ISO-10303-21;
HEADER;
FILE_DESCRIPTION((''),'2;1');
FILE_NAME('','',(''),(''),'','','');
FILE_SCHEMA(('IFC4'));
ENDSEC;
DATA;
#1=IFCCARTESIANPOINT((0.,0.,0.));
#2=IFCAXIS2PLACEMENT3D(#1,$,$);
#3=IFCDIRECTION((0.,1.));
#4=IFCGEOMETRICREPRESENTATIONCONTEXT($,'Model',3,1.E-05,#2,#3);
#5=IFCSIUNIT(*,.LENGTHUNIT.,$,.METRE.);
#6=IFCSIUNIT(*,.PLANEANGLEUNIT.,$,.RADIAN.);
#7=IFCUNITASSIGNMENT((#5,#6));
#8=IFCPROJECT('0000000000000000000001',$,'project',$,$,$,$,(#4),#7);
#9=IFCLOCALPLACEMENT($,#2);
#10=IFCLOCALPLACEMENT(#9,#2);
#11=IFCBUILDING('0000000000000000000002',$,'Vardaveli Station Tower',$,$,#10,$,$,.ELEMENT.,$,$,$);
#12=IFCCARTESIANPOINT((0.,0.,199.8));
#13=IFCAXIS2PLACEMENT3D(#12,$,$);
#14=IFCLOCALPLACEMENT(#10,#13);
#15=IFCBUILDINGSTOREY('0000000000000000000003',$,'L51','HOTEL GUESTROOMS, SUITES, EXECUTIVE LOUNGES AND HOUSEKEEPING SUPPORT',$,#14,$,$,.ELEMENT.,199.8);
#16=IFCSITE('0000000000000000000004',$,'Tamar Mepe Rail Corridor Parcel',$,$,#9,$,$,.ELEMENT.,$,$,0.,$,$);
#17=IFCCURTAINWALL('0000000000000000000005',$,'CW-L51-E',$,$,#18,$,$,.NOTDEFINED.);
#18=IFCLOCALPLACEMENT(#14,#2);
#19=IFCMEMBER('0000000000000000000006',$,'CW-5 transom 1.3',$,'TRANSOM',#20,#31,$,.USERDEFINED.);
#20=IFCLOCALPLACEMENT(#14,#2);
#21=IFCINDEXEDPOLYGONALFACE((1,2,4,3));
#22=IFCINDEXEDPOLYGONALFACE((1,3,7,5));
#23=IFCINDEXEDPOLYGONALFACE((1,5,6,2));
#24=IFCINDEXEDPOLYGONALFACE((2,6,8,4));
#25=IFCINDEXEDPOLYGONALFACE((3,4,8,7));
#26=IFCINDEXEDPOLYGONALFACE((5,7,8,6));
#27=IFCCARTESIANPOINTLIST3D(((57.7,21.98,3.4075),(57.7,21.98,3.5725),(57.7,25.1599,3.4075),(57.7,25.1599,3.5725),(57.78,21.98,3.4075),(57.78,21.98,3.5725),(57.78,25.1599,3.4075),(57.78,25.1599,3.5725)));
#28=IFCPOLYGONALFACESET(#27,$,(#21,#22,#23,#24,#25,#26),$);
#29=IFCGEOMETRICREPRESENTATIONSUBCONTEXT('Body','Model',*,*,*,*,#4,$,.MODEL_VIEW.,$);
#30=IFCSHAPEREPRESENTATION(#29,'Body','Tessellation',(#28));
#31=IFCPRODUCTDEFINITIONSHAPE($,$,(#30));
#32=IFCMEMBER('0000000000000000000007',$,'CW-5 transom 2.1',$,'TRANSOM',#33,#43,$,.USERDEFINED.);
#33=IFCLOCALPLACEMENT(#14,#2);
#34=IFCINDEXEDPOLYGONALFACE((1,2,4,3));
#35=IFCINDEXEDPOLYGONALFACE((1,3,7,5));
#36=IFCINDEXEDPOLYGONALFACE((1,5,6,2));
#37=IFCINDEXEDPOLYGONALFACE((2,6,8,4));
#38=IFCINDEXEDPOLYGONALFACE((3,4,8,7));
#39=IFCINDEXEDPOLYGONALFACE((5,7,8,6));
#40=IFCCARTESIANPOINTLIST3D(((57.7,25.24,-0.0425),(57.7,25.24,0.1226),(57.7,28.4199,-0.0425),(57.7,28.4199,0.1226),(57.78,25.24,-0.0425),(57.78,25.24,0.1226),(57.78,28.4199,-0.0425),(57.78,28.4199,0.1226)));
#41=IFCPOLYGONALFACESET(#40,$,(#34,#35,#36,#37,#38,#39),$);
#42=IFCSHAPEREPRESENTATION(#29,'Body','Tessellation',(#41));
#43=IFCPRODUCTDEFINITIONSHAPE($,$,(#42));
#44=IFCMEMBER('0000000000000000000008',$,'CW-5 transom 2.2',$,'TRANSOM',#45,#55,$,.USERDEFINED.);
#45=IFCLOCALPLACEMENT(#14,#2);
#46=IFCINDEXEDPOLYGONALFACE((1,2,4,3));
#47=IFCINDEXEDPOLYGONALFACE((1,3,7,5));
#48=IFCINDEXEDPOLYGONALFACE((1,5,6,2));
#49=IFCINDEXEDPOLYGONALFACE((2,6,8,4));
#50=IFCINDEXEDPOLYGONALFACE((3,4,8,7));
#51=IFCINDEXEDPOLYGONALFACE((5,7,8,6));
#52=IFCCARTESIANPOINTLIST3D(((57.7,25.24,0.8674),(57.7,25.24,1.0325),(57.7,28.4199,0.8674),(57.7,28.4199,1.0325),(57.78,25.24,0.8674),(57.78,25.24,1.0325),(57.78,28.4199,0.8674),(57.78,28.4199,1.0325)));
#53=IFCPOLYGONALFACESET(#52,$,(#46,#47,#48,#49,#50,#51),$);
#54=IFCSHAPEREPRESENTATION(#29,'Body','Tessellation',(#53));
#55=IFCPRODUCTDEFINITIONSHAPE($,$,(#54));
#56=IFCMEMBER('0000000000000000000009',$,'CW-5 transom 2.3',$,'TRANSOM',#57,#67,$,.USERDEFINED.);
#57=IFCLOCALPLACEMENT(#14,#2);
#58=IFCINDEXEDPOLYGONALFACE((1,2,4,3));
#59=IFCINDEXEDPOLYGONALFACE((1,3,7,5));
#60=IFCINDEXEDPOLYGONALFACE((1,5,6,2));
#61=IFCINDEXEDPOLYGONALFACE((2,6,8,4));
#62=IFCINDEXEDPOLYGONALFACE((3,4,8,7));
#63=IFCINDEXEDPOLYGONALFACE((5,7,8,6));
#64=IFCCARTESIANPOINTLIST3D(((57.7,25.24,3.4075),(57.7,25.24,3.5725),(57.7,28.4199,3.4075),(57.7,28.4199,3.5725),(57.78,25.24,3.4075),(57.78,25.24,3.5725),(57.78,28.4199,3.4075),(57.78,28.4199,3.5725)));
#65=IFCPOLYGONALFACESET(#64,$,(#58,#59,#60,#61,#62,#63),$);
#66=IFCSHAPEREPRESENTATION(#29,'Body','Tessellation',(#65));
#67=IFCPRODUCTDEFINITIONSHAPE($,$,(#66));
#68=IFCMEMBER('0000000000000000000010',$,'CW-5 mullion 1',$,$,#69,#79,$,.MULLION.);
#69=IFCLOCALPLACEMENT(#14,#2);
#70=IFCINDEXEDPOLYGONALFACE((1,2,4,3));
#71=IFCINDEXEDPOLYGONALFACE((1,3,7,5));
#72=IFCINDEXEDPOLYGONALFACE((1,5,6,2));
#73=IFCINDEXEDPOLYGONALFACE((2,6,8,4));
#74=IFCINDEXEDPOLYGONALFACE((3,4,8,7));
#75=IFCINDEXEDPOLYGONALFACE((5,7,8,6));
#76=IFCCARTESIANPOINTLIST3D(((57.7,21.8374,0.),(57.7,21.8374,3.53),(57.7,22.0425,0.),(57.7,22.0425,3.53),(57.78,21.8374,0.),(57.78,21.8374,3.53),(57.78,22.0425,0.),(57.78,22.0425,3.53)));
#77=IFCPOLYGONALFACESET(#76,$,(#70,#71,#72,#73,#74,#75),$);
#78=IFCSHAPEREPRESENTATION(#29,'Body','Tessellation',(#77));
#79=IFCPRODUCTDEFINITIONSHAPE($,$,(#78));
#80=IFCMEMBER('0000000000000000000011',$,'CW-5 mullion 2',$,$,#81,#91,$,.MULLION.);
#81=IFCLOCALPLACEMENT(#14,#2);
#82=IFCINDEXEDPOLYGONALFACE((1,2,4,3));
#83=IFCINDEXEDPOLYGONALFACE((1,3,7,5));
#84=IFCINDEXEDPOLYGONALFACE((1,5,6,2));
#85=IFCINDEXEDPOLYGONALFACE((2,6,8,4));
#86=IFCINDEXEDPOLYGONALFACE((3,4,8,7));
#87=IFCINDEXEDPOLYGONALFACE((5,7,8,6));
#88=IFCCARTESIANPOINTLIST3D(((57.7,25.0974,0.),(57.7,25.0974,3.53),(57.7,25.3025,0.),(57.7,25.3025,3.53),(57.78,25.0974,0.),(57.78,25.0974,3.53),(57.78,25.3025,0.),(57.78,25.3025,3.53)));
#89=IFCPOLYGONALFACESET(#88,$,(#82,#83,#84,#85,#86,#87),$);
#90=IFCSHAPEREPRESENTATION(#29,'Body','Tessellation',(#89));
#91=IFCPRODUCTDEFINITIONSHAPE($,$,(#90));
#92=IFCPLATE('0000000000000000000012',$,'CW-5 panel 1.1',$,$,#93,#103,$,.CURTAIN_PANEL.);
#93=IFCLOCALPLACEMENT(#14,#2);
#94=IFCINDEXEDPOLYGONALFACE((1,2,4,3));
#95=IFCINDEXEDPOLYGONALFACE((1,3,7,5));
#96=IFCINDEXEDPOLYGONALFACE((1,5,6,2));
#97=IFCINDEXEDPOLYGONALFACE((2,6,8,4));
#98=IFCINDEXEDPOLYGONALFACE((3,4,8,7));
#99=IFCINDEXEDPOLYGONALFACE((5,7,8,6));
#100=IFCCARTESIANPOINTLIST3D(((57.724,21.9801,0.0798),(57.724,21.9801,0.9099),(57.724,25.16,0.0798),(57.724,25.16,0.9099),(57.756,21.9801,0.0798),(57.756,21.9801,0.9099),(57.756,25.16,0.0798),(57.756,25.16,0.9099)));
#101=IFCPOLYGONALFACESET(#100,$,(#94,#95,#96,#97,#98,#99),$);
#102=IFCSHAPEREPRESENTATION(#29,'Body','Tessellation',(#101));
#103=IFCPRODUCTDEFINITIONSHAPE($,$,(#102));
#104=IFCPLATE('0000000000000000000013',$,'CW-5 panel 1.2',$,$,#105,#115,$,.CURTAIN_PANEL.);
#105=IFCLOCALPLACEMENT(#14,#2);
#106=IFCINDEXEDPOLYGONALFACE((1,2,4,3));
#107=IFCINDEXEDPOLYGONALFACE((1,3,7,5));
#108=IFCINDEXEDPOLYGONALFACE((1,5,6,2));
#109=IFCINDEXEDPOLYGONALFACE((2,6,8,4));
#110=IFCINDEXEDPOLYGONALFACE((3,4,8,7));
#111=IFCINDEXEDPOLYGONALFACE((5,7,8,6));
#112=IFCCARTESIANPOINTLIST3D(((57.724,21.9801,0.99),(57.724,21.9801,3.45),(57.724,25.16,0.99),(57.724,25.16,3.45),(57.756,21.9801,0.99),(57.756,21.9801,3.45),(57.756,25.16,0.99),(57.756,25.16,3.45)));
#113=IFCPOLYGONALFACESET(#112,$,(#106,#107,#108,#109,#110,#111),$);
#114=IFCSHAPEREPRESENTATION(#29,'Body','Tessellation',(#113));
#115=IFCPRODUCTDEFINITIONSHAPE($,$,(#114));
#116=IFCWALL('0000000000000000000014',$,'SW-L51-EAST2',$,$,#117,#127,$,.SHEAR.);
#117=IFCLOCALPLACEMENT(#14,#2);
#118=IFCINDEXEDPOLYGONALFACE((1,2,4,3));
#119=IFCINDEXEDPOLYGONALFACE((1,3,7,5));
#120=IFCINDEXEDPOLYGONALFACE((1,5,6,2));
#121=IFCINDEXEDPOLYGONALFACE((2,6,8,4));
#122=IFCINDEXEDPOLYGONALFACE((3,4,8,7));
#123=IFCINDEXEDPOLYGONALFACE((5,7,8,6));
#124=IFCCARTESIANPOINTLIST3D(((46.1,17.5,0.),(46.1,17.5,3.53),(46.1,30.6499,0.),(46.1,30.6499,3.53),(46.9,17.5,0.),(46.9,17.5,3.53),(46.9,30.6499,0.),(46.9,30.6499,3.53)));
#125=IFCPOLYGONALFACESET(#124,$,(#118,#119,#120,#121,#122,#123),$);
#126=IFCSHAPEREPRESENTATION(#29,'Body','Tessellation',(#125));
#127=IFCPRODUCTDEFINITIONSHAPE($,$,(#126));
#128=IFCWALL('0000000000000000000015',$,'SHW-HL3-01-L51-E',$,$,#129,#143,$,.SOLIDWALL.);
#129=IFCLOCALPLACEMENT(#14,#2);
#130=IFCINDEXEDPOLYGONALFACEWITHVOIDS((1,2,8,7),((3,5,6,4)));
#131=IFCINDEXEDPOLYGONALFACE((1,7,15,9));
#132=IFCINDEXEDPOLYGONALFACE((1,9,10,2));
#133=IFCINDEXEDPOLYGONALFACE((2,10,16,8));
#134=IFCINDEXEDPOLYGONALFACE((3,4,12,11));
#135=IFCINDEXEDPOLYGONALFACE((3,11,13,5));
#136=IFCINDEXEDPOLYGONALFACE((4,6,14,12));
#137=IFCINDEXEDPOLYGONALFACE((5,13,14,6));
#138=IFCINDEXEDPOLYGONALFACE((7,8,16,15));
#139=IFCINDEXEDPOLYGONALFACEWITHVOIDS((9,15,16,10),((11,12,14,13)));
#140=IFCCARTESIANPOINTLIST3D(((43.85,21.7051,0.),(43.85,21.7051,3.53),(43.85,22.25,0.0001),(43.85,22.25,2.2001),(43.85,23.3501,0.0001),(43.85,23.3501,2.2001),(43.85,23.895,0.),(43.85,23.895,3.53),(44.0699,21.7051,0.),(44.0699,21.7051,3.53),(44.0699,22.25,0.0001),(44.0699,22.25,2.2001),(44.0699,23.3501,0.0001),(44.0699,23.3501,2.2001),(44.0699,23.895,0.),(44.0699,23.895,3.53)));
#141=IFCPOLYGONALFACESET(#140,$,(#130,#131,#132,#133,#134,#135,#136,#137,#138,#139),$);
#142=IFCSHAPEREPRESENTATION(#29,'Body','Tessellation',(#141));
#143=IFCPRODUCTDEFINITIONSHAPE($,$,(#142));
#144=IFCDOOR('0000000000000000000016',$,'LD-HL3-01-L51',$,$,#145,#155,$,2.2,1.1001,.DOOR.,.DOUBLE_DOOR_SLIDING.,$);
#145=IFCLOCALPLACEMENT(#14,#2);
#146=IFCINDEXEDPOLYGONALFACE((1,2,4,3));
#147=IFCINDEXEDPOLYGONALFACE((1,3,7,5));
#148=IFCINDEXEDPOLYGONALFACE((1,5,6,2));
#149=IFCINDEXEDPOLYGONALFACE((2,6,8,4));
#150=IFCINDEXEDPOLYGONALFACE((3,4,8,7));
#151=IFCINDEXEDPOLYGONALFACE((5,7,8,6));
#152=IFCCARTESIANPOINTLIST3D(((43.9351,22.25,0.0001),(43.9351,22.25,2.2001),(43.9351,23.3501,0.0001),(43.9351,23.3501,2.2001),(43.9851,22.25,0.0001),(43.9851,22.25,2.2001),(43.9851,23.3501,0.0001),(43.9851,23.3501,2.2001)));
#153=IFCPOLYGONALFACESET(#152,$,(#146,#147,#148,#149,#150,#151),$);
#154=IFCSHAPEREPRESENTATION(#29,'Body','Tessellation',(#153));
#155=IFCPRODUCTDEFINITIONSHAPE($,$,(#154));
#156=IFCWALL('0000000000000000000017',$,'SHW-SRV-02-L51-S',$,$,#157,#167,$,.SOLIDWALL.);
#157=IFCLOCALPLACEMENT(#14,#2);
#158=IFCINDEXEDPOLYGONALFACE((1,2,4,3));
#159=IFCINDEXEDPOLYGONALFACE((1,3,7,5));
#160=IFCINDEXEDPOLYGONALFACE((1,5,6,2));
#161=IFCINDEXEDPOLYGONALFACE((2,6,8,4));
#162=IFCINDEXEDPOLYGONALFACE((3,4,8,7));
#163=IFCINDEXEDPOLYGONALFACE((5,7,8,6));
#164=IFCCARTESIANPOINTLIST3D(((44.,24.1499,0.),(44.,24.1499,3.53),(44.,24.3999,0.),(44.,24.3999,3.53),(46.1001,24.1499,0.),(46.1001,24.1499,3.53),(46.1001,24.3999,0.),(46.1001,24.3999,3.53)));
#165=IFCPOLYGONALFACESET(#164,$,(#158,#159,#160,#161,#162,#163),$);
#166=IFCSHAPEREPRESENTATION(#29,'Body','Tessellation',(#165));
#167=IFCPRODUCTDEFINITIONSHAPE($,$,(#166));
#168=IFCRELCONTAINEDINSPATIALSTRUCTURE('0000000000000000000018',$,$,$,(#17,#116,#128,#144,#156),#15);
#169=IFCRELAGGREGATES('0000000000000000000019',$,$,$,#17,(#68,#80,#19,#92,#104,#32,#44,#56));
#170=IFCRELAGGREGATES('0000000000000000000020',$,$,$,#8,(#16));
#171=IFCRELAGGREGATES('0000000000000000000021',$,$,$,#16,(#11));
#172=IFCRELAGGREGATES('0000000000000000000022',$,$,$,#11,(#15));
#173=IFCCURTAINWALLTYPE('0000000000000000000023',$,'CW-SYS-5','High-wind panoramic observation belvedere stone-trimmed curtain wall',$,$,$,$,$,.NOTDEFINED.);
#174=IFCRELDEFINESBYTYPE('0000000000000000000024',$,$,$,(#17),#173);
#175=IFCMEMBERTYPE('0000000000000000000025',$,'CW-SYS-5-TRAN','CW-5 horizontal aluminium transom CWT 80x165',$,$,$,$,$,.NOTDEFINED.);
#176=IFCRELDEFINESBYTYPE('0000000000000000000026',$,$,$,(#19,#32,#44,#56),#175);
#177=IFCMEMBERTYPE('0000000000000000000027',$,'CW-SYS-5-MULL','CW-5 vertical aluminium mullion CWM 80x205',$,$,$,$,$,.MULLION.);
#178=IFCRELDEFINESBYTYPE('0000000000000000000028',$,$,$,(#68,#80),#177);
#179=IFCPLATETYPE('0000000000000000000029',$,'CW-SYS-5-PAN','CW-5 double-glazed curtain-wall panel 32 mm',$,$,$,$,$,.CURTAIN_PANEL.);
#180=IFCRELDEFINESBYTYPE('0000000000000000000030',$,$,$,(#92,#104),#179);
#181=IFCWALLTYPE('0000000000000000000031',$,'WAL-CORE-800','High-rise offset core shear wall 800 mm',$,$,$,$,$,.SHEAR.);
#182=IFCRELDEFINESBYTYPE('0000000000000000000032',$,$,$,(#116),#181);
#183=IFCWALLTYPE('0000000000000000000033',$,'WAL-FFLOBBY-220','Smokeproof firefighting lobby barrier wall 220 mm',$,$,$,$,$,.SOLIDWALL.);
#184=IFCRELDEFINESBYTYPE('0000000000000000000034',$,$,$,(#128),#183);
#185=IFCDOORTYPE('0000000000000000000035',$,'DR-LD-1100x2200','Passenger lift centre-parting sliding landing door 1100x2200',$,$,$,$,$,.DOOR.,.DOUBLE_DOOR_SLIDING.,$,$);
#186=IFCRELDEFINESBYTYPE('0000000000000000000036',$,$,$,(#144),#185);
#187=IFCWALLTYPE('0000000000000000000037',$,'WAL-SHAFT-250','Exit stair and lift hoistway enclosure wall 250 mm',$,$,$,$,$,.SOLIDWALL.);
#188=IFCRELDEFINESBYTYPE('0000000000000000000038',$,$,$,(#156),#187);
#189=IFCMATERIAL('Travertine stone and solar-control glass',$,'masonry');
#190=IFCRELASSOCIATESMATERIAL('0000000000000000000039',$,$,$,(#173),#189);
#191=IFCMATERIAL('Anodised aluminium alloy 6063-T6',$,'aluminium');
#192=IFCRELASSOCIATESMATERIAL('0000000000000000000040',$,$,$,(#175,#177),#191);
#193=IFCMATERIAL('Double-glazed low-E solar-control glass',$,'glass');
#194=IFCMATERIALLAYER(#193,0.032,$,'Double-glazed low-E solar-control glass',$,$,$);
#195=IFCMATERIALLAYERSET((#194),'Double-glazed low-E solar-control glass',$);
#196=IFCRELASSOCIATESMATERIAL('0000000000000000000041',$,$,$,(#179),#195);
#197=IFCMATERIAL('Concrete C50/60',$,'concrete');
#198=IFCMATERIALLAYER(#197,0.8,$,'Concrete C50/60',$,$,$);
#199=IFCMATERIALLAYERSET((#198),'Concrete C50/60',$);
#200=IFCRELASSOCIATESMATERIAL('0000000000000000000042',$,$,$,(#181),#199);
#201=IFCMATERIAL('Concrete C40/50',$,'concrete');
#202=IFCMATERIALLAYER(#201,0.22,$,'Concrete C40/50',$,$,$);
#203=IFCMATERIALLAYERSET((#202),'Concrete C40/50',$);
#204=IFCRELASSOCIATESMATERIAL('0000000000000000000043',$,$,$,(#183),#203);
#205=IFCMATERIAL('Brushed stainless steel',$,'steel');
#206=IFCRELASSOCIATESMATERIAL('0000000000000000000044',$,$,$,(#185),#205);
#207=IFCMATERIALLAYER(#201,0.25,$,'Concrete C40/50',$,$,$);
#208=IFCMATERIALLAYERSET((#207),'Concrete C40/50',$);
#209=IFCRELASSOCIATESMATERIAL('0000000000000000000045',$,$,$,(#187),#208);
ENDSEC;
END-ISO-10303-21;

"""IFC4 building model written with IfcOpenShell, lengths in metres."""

from ifc_helpers import new_model, si_unit, direction, frame, frame_2d, origin, origin_2d, place, context, subcontext, project, spatial, rectangle, extrude, source, transform, mapped, material, layer, layer_set, material_profile, profile_set, type_object, element, fill, aggregate, save


model = new_model("IFC4")

# Units and contexts
model_context = context("Model", 3, precision=1e-05, world=origin(), true_north=direction((0.0, 1.0)))
body_context = subcontext(model_context, "Body", "Model", "MODEL_VIEW")
ifc_project = project(units=[si_unit("LENGTHUNIT", "METRE"), si_unit("PLANEANGLEUNIT", "RADIAN")], contexts=[model_context])

# Site, building, storey
site_placement = place(None, origin())
site = spatial("IfcSite", under=ifc_project, at=site_placement, Name="Tamar Mepe Rail Corridor Parcel", CompositionType="ELEMENT", RefElevation=0.0)
building_placement = place(site_placement, origin())
building = spatial("IfcBuilding", under=site, at=building_placement, Name="Vardaveli Station Tower", CompositionType="ELEMENT")
storey_placement = place(building_placement, frame((0.0, 0.0, 199.8)))
storey = spatial("IfcBuildingStorey", under=building, at=storey_placement, Name="L51", Description="HOTEL GUESTROOMS, SUITES, EXECUTIVE LOUNGES AND HOUSEKEEPING SUPPORT", CompositionType="ELEMENT", Elevation=199.8)

# Curtain wall, members, plates
ifc_material_1 = material(Name="Travertine stone and solar-control glass", Category="masonry")
curtain_wall_type = type_object("IfcCurtainWallType", Name="CW-SYS-5", Description="High-wind panoramic observation belvedere stone-trimmed curtain wall", PredefinedType="NOTDEFINED", material=ifc_material_1)
curtain_wall_placement = place(storey_placement, origin())
curtain_wall = element("IfcCurtainWall", 1, at=curtain_wall_placement, inside=storey, type_object=curtain_wall_type, Name="CW-L51-E", PredefinedType="NOTDEFINED")
ifc_material_2 = material(Name="Anodised aluminium alloy 6063-T6", Category="aluminium")
ifc_material_profile_1 = material_profile(ifc_material_2, rectangle(XDim=0.0801, YDim=0.165, at=origin_2d()), Name="CWT 80x165")
ifc_profile_set_1 = profile_set([ifc_material_profile_1], Name="Anodised aluminium alloy 6063-T6")
member_type_1 = type_object("IfcMemberType", Name="CW-SYS-5-TRAN", Description="CW-5 horizontal aluminium transom CWT 80x165", PredefinedType="NOTDEFINED", material=ifc_profile_set_1)
shared_shape_1 = source(origin(), body_context, "Body", "SweptSolid", [
    extrude(rectangle(XDim=0.0801, YDim=0.165, at=origin_2d()), origin(), (0.0, 0.0, 1.0), 3.1799),
])
member_1_placement = place(storey_placement, frame((57.74, 21.98, 3.49), z_axis=(0.0, 1.0, 0.0), x_axis=(-1.0, 0.0, 0.0)))
member_1 = element("IfcMember", 2, at=member_1_placement, type_object=member_type_1, Name="CW-5 transom 1.3", ObjectType="TRANSOM", PredefinedType="USERDEFINED", context=body_context, shape_type="MappedRepresentation", body=[
    mapped(shared_shape_1, transform((0.0, 0.0, 0.0), scale=1.0)),
])
member_2_placement = place(storey_placement, frame((57.74, 25.24, 0.04), z_axis=(0.0, 1.0, 0.0), x_axis=(-1.0, 0.0, 0.0)))
member_2 = element("IfcMember", 3, at=member_2_placement, type_object=member_type_1, Name="CW-5 transom 2.1", ObjectType="TRANSOM", PredefinedType="USERDEFINED", context=body_context, shape_type="MappedRepresentation", body=[
    mapped(shared_shape_1, transform((0.0, 0.0, 0.0), scale=1.0)),
])
member_3_placement = place(storey_placement, frame((57.74, 25.24, 0.95), z_axis=(0.0, 1.0, 0.0), x_axis=(-1.0, 0.0, 0.0)))
member_3 = element("IfcMember", 4, at=member_3_placement, type_object=member_type_1, Name="CW-5 transom 2.2", ObjectType="TRANSOM", PredefinedType="USERDEFINED", context=body_context, shape_type="MappedRepresentation", body=[
    mapped(shared_shape_1, transform((0.0, 0.0, 0.0), scale=1.0)),
])
member_4_placement = place(storey_placement, frame((57.74, 25.24, 3.49), z_axis=(0.0, 1.0, 0.0), x_axis=(-1.0, 0.0, 0.0)))
member_4 = element("IfcMember", 5, at=member_4_placement, type_object=member_type_1, Name="CW-5 transom 2.3", ObjectType="TRANSOM", PredefinedType="USERDEFINED", context=body_context, shape_type="MappedRepresentation", body=[
    mapped(shared_shape_1, transform((0.0, 0.0, 0.0), scale=1.0)),
])
ifc_material_profile_2 = material_profile(ifc_material_2, rectangle(XDim=0.0801, YDim=0.2051, at=origin_2d()), Name="CWM 80x205")
ifc_profile_set_2 = profile_set([ifc_material_profile_2], Name="Anodised aluminium alloy 6063-T6")
member_type_2 = type_object("IfcMemberType", Name="CW-SYS-5-MULL", Description="CW-5 vertical aluminium mullion CWM 80x205", PredefinedType="MULLION", material=ifc_profile_set_2)
shared_shape_2 = source(origin(), body_context, "Body", "SweptSolid", [
    extrude(rectangle(XDim=0.0801, YDim=0.2051, at=origin_2d()), origin(), (0.0, 0.0, 1.0), 3.53),
])
member_5_placement = place(storey_placement, frame((57.74, 21.9399, 0.0), z_axis=(0.0, 0.0, 1.0), x_axis=(-1.0, 0.0, 0.0)))
member_5 = element("IfcMember", 6, at=member_5_placement, type_object=member_type_2, Name="CW-5 mullion 1", PredefinedType="MULLION", context=body_context, shape_type="MappedRepresentation", body=[
    mapped(shared_shape_2, transform((0.0, 0.0, 0.0), scale=1.0)),
])
member_6_placement = place(storey_placement, frame((57.74, 25.2, 0.0), z_axis=(0.0, 0.0, 1.0), x_axis=(-1.0, 0.0, 0.0)))
member_6 = element("IfcMember", 7, at=member_6_placement, type_object=member_type_2, Name="CW-5 mullion 2", PredefinedType="MULLION", context=body_context, shape_type="MappedRepresentation", body=[
    mapped(shared_shape_2, transform((0.0, 0.0, 0.0), scale=1.0)),
])
ifc_material_3 = material(Name="Double-glazed low-E solar-control glass", Category="glass")
ifc_layer_1 = layer(ifc_material_3, 0.032, Name="Double-glazed low-E solar-control glass")
ifc_layer_set_1 = layer_set([ifc_layer_1], Name="Double-glazed low-E solar-control glass")
plate_type = type_object("IfcPlateType", Name="CW-SYS-5-PAN", Description="CW-5 double-glazed curtain-wall panel 32 mm", PredefinedType="CURTAIN_PANEL", material=ifc_layer_set_1)
shared_shape_3 = source(origin(), body_context, "Body", "SweptSolid", [
    extrude(rectangle(XDim=3.1799, YDim=0.032, at=origin_2d()), origin(), (0.0, 0.0, 1.0), 0.8301),
])
plate_1_placement = place(storey_placement, frame((57.74, 23.5701, 0.0798), z_axis=(0.0, 0.0, 1.0), x_axis=(0.0, 1.0, 0.0)))
plate_1 = element("IfcPlate", 8, at=plate_1_placement, type_object=plate_type, Name="CW-5 panel 1.1", PredefinedType="CURTAIN_PANEL", context=body_context, shape_type="MappedRepresentation", body=[
    mapped(shared_shape_3, transform((0.0, 0.0, 0.0), scale=1.0)),
])
shared_shape_4 = source(origin(), body_context, "Body", "SweptSolid", [
    extrude(rectangle(XDim=3.1799, YDim=0.032, at=origin_2d()), origin(), (0.0, 0.0, 1.0), 2.46),
])
plate_2_placement = place(storey_placement, frame((57.74, 23.5701, 0.99), z_axis=(0.0, 0.0, 1.0), x_axis=(0.0, 1.0, 0.0)))
plate_2 = element("IfcPlate", 9, at=plate_2_placement, type_object=plate_type, Name="CW-5 panel 1.2", PredefinedType="CURTAIN_PANEL", context=body_context, shape_type="MappedRepresentation", body=[
    mapped(shared_shape_4, transform((0.0, 0.0, 0.0), scale=1.0)),
])
aggregate(curtain_wall, [member_5, member_6, member_1, plate_1, plate_2, member_2, member_3, member_4])

# Wall
ifc_material_4 = material(Name="Concrete C50/60", Category="concrete")
ifc_layer_2 = layer(ifc_material_4, 0.8, Name="Concrete C50/60")
ifc_layer_set_2 = layer_set([ifc_layer_2], Name="Concrete C50/60")
wall_type_1 = type_object("IfcWallType", Name="WAL-CORE-800", Description="High-rise offset core shear wall 800 mm", PredefinedType="SHEAR", material=ifc_layer_set_2)
shared_shape_5 = source(origin(), body_context, "Body", "SweptSolid", [
    extrude(rectangle(XDim=13.1499, YDim=0.8, at=frame_2d((6.575, 0.0))), origin(), (0.0, 0.0, 1.0), 3.53),
])
wall_1_placement = place(storey_placement, frame((46.5, 17.5, 0.0), z_axis=(0.0, 0.0, 1.0), x_axis=(0.0, 1.0, 0.0)))
element("IfcWall", 10, at=wall_1_placement, inside=storey, type_object=wall_type_1, Name="SW-L51-EAST2", PredefinedType="SHEAR", context=body_context, shape_type="MappedRepresentation", body=[
    mapped(shared_shape_5, transform((0.0, 0.0, 0.0), scale=1.0)),
])

# Wall, opening, door
ifc_material_5 = material(Name="Concrete C40/50", Category="concrete")
ifc_layer_3 = layer(ifc_material_5, 0.22, Name="Concrete C40/50")
ifc_layer_set_3 = layer_set([ifc_layer_3], Name="Concrete C40/50")
wall_type_2 = type_object("IfcWallType", Name="WAL-FFLOBBY-220", Description="Smokeproof firefighting lobby barrier wall 220 mm", PredefinedType="SOLIDWALL", material=ifc_layer_set_3)
shared_shape_6 = source(origin(), body_context, "Body", "SweptSolid", [
    extrude(rectangle(XDim=2.1899, YDim=0.22, at=frame_2d((1.095, 0.0))), origin(), (0.0, 0.0, 1.0), 3.53),
])
wall_2_placement = place(storey_placement, frame((43.96, 21.7051, 0.0), z_axis=(0.0, 0.0, 1.0), x_axis=(0.0, 1.0, 0.0)))
wall_2 = element("IfcWall", 11, at=wall_2_placement, inside=storey, type_object=wall_type_2, Name="SHW-HL3-01-L51-E", PredefinedType="SOLIDWALL", context=body_context, shape_type="MappedRepresentation", body=[
    mapped(shared_shape_6, transform((0.0, 0.0, 0.0), scale=1.0)),
])
shared_shape_7 = source(origin(), body_context, "Body", "SweptSolid", [
    extrude(rectangle(XDim=1.1001, YDim=2.2, at=frame_2d((0.55, 1.1001))), frame((0.0, 0.1201, 0.0), z_axis=(0.0, -1.0, 0.0), x_axis=(1.0, 0.0, 0.0)), (0.0, 0.0, 1.0), 0.24),
])
opening_1_placement = place(wall_2_placement, frame((0.5449, 0.0, 0.0)))
opening_1 = element("IfcOpeningElement", 12, at=opening_1_placement, cuts=wall_2, PredefinedType="OPENING", context=body_context, shape_type="MappedRepresentation", body=[
    mapped(shared_shape_7, transform((0.0, 0.0, 0.0), scale=1.0)),
])
ifc_material_6 = material(Name="Brushed stainless steel", Category="steel")
door_type_1 = type_object("IfcDoorType", Name="DR-LD-1100x2200", Description="Passenger lift centre-parting sliding landing door 1100x2200", OperationType="DOUBLE_DOOR_SLIDING", PredefinedType="DOOR", material=ifc_material_6)
shared_shape_8 = source(origin(), body_context, "Body", "SweptSolid", [
    extrude(rectangle(XDim=1.1001, YDim=2.2, at=frame_2d((0.55, 1.1001))), frame((0.0, 0.0249, 0.0), z_axis=(0.0, -1.0, 0.0), x_axis=(1.0, 0.0, 0.0)), (0.0, 0.0, 1.0), 0.05),
])
door_1_placement = place(opening_1_placement, origin())
door_1 = element("IfcDoor", 13, at=door_1_placement, inside=storey, type_object=door_type_1, Name="LD-HL3-01-L51", OperationType="DOUBLE_DOOR_SLIDING", OverallHeight=2.2, OverallWidth=1.1001, PredefinedType="DOOR", context=body_context, shape_type="MappedRepresentation", body=[
    mapped(shared_shape_8, transform((0.0, 0.0, 0.0), scale=1.0)),
])
fill(opening_1, door_1)

# Wall
ifc_layer_4 = layer(ifc_material_5, 0.25, Name="Concrete C40/50")
ifc_layer_set_4 = layer_set([ifc_layer_4], Name="Concrete C40/50")
wall_type_3 = type_object("IfcWallType", Name="WAL-SHAFT-250", Description="Exit stair and lift hoistway enclosure wall 250 mm", PredefinedType="SOLIDWALL", material=ifc_layer_set_4)
shared_shape_9 = source(origin(), body_context, "Body", "SweptSolid", [
    extrude(rectangle(XDim=2.1001, YDim=0.25, at=frame_2d((1.05, 0.0))), origin(), (0.0, 0.0, 1.0), 3.53),
])
wall_3_placement = place(storey_placement, frame((44.0, 24.2749, 0.0), z_axis=(0.0, 0.0, 1.0), x_axis=(1.0, 0.0, 0.0)))
element("IfcWall", 14, at=wall_3_placement, inside=storey, type_object=wall_type_3, Name="SHW-SRV-02-L51-S", PredefinedType="SOLIDWALL", context=body_context, shape_type="MappedRepresentation", body=[
    mapped(shared_shape_9, transform((0.0, 0.0, 0.0), scale=1.0)),
])

save(model, "model.ifc")
